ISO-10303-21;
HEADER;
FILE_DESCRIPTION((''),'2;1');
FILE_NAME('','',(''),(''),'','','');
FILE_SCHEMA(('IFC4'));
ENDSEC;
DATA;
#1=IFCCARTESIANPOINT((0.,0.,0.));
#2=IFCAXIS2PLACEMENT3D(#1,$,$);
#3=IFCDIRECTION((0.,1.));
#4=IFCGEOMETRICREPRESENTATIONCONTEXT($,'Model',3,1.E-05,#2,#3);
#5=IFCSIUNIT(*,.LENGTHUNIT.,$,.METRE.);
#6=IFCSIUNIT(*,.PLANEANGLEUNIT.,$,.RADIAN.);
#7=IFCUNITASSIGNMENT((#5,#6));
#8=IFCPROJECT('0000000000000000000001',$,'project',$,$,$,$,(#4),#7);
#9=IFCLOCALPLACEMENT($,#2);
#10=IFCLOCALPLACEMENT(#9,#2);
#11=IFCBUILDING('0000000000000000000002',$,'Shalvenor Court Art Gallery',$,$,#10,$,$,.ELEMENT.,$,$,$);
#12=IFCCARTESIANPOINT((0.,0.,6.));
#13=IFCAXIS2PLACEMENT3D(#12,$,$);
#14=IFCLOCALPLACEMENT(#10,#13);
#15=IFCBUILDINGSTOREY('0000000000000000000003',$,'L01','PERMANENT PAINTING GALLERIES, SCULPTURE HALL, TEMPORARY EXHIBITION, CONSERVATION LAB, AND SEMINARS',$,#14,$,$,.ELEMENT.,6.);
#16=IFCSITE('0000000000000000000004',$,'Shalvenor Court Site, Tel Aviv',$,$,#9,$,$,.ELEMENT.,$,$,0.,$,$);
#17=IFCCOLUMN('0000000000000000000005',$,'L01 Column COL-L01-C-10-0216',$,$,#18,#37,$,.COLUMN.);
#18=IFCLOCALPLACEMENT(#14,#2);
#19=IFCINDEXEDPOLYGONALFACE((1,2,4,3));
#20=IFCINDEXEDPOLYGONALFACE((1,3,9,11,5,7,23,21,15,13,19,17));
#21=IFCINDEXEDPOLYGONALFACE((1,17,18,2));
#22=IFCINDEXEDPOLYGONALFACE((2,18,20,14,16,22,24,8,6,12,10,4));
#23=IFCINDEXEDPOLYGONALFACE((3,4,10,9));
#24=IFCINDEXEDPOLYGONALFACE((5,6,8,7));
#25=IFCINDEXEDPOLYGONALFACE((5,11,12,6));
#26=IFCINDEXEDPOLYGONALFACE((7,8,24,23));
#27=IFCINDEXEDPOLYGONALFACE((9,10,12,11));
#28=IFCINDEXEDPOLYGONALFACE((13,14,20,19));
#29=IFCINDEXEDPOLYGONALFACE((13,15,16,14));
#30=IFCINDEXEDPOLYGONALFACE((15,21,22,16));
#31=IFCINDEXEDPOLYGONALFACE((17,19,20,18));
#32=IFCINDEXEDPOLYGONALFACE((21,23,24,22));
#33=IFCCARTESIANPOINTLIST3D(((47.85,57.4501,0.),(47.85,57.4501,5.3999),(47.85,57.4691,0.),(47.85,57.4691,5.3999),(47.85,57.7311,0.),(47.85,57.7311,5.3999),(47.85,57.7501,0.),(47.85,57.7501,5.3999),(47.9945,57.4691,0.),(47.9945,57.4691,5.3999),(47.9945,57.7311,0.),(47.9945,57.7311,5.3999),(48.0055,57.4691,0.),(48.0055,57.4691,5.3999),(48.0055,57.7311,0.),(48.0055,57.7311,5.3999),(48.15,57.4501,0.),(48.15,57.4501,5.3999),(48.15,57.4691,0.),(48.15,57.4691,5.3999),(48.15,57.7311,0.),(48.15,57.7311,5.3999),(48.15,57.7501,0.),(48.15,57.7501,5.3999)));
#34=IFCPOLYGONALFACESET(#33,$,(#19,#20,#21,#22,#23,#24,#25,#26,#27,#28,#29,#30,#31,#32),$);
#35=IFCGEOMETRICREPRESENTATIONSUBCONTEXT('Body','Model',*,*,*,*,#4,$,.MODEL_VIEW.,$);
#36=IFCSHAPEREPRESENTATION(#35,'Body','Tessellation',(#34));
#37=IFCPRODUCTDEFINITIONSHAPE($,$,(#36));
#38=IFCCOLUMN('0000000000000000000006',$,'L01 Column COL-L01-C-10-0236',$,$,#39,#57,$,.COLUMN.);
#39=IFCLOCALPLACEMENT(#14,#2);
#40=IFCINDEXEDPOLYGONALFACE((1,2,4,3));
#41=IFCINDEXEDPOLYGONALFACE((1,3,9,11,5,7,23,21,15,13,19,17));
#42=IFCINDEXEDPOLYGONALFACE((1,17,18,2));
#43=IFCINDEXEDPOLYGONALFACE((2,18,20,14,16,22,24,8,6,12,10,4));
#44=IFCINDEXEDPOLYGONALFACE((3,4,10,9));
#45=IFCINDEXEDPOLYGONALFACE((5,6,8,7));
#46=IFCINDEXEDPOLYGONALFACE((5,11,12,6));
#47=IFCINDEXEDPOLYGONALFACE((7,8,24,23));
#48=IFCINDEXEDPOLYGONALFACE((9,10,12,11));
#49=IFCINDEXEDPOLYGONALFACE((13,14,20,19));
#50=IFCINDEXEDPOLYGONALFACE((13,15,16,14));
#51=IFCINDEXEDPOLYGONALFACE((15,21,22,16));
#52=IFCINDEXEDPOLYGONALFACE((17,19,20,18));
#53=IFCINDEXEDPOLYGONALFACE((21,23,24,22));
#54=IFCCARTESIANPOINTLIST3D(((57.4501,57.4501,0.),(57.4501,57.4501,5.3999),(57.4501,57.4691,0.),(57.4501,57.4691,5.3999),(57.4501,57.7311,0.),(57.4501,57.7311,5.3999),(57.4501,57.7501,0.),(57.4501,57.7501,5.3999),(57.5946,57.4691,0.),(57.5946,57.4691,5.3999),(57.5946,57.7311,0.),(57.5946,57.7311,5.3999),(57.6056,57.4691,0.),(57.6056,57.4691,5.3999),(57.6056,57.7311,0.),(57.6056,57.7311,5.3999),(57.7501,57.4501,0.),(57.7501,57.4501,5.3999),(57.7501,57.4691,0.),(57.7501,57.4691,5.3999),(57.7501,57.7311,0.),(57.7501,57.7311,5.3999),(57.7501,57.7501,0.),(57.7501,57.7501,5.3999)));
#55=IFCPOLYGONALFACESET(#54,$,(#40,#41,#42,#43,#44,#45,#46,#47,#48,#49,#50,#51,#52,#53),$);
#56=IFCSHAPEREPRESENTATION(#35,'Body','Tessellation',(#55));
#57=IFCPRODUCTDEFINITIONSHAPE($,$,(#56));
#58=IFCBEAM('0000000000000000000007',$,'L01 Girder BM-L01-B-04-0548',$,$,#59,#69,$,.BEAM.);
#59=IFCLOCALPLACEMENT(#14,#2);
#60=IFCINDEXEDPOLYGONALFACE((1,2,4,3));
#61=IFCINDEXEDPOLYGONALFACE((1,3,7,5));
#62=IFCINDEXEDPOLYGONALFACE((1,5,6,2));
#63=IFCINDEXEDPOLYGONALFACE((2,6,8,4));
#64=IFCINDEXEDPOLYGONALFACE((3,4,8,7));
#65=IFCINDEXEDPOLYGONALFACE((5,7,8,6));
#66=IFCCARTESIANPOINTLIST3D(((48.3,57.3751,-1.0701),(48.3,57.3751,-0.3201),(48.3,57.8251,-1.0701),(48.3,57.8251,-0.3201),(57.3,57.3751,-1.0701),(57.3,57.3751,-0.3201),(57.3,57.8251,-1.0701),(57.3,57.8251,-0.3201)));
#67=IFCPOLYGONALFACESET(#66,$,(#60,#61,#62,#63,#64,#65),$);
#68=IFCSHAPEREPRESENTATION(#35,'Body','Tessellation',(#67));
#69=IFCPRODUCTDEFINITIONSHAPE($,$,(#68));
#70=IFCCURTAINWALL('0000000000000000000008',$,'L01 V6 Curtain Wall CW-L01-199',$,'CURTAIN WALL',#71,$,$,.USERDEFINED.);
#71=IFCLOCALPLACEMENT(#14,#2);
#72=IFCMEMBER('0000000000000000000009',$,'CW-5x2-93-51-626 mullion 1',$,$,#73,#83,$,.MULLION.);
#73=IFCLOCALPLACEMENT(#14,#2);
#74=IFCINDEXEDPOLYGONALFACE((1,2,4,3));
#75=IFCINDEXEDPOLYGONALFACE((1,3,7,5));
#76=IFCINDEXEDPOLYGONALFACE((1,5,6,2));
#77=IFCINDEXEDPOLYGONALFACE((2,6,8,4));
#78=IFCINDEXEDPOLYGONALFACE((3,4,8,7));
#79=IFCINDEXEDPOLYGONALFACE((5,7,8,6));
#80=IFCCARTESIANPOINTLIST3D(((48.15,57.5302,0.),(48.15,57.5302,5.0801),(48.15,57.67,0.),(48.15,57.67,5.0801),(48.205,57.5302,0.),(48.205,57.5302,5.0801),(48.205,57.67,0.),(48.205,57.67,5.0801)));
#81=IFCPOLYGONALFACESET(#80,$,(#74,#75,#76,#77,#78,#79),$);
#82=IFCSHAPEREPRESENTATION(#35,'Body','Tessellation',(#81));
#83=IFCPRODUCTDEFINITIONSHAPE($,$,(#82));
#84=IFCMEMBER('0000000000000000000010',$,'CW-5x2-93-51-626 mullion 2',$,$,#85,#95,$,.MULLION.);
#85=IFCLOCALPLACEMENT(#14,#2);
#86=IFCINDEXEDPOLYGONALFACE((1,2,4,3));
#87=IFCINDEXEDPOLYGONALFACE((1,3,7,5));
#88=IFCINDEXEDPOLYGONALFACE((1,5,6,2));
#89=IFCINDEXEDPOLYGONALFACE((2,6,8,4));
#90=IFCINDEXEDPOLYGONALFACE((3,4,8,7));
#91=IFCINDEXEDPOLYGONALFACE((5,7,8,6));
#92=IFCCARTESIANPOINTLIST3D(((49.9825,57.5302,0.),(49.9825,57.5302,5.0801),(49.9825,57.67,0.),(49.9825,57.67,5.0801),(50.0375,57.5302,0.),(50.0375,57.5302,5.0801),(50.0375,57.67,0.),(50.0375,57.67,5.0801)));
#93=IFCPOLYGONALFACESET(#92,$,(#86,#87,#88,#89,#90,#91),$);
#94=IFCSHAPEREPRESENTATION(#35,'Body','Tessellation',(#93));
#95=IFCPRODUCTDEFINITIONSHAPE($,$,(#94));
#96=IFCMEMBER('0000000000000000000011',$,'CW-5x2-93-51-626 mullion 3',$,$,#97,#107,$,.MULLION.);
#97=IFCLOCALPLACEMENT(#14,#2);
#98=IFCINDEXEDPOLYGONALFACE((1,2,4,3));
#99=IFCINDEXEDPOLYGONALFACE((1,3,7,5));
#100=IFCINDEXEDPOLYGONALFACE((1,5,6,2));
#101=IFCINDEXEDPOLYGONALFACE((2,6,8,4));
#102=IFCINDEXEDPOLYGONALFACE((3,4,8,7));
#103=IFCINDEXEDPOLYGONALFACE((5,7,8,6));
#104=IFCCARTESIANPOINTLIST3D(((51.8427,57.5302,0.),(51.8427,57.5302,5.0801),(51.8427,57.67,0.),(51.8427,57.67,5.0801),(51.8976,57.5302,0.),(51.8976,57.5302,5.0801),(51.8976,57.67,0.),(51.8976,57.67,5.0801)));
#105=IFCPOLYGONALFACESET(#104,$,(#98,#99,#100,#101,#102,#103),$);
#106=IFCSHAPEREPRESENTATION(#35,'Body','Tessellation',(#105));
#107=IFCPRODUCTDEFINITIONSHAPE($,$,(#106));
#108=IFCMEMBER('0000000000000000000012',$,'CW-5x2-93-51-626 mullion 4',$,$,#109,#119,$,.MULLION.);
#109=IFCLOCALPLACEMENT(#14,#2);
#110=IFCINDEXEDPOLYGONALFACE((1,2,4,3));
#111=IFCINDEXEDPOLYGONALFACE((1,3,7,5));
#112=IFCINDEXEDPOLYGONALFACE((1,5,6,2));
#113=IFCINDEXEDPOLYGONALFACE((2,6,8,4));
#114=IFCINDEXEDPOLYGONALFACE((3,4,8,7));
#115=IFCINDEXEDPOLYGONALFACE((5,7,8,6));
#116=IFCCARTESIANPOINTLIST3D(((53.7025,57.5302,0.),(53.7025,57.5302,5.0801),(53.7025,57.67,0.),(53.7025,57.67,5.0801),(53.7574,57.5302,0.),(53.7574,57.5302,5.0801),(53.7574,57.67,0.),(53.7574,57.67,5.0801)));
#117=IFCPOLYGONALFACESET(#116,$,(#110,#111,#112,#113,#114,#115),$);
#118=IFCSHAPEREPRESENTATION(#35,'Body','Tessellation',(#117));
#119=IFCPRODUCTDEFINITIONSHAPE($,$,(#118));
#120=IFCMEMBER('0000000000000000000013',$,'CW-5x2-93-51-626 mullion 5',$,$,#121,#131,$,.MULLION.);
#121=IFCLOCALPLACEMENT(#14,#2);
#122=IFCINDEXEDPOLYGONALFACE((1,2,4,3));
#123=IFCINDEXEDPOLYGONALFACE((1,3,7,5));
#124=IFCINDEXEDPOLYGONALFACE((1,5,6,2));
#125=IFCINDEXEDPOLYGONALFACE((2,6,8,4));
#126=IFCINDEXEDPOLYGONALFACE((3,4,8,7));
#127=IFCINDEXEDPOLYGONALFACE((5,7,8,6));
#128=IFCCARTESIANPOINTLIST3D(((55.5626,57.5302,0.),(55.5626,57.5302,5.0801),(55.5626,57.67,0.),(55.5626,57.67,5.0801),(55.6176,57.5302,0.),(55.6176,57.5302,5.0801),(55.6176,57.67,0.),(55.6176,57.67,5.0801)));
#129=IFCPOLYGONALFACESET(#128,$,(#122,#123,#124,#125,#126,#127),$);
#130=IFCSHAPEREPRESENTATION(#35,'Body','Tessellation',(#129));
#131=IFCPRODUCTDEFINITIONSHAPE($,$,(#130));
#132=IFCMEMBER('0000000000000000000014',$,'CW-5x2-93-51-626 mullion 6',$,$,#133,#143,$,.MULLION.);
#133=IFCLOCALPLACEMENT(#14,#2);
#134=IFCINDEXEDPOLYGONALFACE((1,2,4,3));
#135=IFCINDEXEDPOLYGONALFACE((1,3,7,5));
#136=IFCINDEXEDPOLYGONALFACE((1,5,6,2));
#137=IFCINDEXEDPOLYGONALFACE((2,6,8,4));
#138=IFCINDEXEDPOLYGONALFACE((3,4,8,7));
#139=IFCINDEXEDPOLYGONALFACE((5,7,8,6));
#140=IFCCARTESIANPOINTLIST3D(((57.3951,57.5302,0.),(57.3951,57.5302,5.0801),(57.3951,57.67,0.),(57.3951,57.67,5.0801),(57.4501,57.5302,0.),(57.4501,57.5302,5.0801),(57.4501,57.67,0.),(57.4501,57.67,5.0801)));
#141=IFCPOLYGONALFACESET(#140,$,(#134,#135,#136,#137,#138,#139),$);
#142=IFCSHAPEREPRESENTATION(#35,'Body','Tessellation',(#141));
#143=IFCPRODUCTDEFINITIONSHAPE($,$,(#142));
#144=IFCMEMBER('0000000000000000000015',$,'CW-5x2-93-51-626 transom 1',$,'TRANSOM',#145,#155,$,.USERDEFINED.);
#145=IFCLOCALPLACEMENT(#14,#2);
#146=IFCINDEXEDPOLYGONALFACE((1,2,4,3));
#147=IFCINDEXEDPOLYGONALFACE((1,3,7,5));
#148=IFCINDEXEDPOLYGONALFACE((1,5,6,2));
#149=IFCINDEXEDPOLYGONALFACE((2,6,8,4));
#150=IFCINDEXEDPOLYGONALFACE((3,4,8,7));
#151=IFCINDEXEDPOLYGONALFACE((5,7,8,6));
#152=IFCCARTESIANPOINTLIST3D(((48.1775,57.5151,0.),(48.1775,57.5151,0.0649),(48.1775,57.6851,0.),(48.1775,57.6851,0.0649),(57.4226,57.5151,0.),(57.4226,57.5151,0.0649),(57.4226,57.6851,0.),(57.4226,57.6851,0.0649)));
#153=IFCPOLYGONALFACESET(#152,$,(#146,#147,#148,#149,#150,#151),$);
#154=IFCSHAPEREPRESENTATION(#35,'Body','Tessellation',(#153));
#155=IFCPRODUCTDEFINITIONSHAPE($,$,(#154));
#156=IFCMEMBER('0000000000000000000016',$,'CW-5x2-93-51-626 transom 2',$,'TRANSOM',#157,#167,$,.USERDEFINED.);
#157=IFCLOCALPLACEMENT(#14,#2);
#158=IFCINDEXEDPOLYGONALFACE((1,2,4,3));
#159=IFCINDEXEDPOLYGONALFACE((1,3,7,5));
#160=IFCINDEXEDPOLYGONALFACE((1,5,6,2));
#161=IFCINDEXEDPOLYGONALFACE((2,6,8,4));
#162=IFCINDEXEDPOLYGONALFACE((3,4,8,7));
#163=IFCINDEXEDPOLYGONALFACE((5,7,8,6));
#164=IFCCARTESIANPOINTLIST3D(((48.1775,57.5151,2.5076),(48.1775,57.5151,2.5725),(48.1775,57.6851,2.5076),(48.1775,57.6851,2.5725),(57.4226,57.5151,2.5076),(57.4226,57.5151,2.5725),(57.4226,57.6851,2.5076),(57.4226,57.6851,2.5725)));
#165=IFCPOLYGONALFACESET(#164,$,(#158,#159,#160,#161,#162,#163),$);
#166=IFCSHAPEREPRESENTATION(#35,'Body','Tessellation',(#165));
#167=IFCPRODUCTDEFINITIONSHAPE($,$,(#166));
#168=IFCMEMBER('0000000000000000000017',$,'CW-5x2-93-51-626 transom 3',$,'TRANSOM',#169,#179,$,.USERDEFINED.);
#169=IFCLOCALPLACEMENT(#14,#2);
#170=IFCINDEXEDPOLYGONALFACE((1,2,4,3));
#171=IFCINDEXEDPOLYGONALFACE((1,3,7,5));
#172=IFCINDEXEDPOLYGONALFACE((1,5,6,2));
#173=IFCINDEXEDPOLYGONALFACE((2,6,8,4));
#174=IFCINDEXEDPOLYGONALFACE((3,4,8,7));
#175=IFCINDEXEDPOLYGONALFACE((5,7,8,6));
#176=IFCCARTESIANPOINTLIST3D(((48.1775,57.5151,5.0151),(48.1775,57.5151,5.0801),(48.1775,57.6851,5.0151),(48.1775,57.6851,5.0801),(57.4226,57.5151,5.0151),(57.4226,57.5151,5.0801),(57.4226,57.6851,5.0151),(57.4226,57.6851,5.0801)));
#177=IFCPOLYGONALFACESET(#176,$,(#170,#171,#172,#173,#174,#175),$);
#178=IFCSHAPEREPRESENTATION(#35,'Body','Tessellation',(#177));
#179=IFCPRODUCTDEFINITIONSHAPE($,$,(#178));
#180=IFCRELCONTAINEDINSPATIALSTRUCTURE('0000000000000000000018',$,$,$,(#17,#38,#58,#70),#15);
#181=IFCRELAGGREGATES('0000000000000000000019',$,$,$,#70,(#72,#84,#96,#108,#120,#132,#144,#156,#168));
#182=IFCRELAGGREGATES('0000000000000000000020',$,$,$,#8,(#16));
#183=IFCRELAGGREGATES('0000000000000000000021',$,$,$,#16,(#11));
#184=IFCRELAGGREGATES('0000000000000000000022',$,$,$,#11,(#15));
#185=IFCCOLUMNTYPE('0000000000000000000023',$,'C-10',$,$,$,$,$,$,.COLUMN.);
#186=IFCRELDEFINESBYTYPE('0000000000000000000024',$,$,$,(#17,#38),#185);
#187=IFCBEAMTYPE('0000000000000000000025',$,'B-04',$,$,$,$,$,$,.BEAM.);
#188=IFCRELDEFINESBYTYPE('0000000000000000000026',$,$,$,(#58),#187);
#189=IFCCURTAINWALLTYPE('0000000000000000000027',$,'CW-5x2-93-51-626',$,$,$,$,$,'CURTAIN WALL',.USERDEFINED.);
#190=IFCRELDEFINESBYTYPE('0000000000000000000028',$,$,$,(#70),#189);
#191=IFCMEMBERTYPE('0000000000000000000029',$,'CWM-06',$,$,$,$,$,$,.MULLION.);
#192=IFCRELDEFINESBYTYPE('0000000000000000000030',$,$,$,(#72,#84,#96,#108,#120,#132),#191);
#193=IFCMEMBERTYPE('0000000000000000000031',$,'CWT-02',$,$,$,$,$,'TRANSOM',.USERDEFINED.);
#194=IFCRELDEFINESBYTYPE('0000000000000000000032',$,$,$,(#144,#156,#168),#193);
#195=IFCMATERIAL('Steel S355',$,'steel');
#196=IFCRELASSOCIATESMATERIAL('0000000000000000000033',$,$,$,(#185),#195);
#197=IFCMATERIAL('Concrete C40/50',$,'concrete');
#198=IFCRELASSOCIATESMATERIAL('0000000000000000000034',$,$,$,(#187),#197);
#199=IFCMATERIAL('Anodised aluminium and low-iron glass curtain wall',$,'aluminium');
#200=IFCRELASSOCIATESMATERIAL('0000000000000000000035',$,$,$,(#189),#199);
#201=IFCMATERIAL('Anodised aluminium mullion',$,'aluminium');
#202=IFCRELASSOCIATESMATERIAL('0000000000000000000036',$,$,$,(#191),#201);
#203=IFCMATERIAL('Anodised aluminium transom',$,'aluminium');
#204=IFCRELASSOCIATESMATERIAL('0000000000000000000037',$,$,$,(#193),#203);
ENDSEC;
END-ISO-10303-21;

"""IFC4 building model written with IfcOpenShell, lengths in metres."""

from ifc_helpers import new_model, si_unit, direction, frame, origin, origin_2d, place, context, subcontext, project, spatial, rectangle, i_section, extrude, material, material_profile, profile_set, type_object, element, aggregate, save


model = new_model("IFC4")

# Units and contexts
model_context = context("Model", 3, precision=1e-05, world=origin(), true_north=direction((0.0, 1.0)))
body_context = subcontext(model_context, "Body", "Model", "MODEL_VIEW")
ifc_project = project(units=[si_unit("LENGTHUNIT", "METRE"), si_unit("PLANEANGLEUNIT", "RADIAN")], contexts=[model_context])

# Site, building, storey
site_placement = place(None, origin())
site = spatial("IfcSite", under=ifc_project, at=site_placement, Name="Shalvenor Court Site, Tel Aviv", CompositionType="ELEMENT", RefElevation=0.0)
building_placement = place(site_placement, origin())
building = spatial("IfcBuilding", under=site, at=building_placement, Name="Shalvenor Court Art Gallery", CompositionType="ELEMENT")
storey_placement = place(building_placement, frame((0.0, 0.0, 6.0)))
storey = spatial("IfcBuildingStorey", under=building, at=storey_placement, Name="L01", Description="PERMANENT PAINTING GALLERIES, SCULPTURE HALL, TEMPORARY EXHIBITION, CONSERVATION LAB, AND SEMINARS", CompositionType="ELEMENT", Elevation=6.0)

# Columns
ifc_material_1 = material(Name="Steel S355", Category="steel")
ifc_material_profile_1 = material_profile(ifc_material_1, i_section(OverallWidth=0.3, OverallDepth=0.3, WebThickness=0.011, FlangeThickness=0.019, at=origin_2d()), Name="HEB 300")
ifc_profile_set_1 = profile_set([ifc_material_profile_1], Name="Steel S355")
column_type = type_object("IfcColumnType", Name="C-10", PredefinedType="COLUMN", material=ifc_profile_set_1)
for number, where, z_axis, x_axis, name in (
    (1, (48.0, 57.6001, 0.0), (0.0, 0.0, 1.0), (1.0, 0.0, 0.0), "L01 Column COL-L01-C-10-0216"),
    (2, (57.6001, 57.6001, 0.0), (0.0, 0.0, 1.0), (1.0, 0.0, 0.0), "L01 Column COL-L01-C-10-0236"),
):
    element("IfcColumn", number, at=place(storey_placement, frame(where, z_axis=z_axis, x_axis=x_axis)), inside=storey, type_object=column_type, Name=name, PredefinedType="COLUMN", context=body_context, shape_type="SweptSolid", body=[
        extrude(i_section(OverallWidth=0.3, OverallDepth=0.3, WebThickness=0.011, FlangeThickness=0.019, at=origin_2d()), origin(), (0.0, 0.0, 1.0), 5.3999),
    ])

# Beam
ifc_material_2 = material(Name="Concrete C40/50", Category="concrete")
ifc_material_profile_2 = material_profile(ifc_material_2, rectangle(XDim=0.45, YDim=0.75, at=origin_2d()), Name="RC 450x750")
ifc_profile_set_2 = profile_set([ifc_material_profile_2], Name="Concrete C40/50")
beam_type = type_object("IfcBeamType", Name="B-04", PredefinedType="BEAM", material=ifc_profile_set_2)
beam_placement = place(storey_placement, frame((48.3, 57.6001, -0.6951), z_axis=(1.0, 0.0, 0.0), x_axis=(0.0, 1.0, 0.0)))
element("IfcBeam", 3, at=beam_placement, inside=storey, type_object=beam_type, Name="L01 Girder BM-L01-B-04-0548", PredefinedType="BEAM", context=body_context, shape_type="SweptSolid", body=[
    extrude(rectangle(XDim=0.45, YDim=0.75, at=origin_2d()), origin(), (0.0, 0.0, 1.0), 9.0),
])

# Curtain wall, members
ifc_material_3 = material(Name="Anodised aluminium and low-iron glass curtain wall", Category="aluminium")
curtain_wall_type = type_object("IfcCurtainWallType", Name="CW-5x2-93-51-626", ElementType="CURTAIN WALL", PredefinedType="USERDEFINED", material=ifc_material_3)
curtain_wall_placement = place(storey_placement, origin())
curtain_wall = element("IfcCurtainWall", 4, at=curtain_wall_placement, inside=storey, type_object=curtain_wall_type, Name="L01 V6 Curtain Wall CW-L01-199", ObjectType="CURTAIN WALL", PredefinedType="USERDEFINED")
ifc_material_4 = material(Name="Anodised aluminium mullion", Category="aluminium")
ifc_material_profile_3 = material_profile(ifc_material_4, rectangle(XDim=0.0549, YDim=0.1399, at=origin_2d()), Name="CWM-06")
ifc_profile_set_3 = profile_set([ifc_material_profile_3], Name="Anodised aluminium mullion")
member_type_1 = type_object("IfcMemberType", Name="CWM-06", PredefinedType="MULLION", material=ifc_profile_set_3)
member_1_placement = place(storey_placement, frame((48.1775, 57.6001, 0.0), z_axis=(0.0, 0.0, 1.0), x_axis=(1.0, 0.0, 0.0)))
member_1 = element("IfcMember", 5, at=member_1_placement, type_object=member_type_1, Name="CW-5x2-93-51-626 mullion 1", PredefinedType="MULLION", context=body_context, shape_type="SweptSolid", body=[
    extrude(rectangle(XDim=0.0549, YDim=0.1399, at=origin_2d()), origin(), (0.0, 0.0, 1.0), 5.0801),
])
member_2_placement = place(storey_placement, frame((50.01, 57.6001, 0.0), z_axis=(0.0, 0.0, 1.0), x_axis=(1.0, 0.0, 0.0)))
member_2 = element("IfcMember", 6, at=member_2_placement, type_object=member_type_1, Name="CW-5x2-93-51-626 mullion 2", PredefinedType="MULLION", context=body_context, shape_type="SweptSolid", body=[
    extrude(rectangle(XDim=0.0549, YDim=0.1399, at=origin_2d()), origin(), (0.0, 0.0, 1.0), 5.0801),
])
member_3_placement = place(storey_placement, frame((51.8701, 57.6001, 0.0), z_axis=(0.0, 0.0, 1.0), x_axis=(1.0, 0.0, 0.0)))
member_3 = element("IfcMember", 7, at=member_3_placement, type_object=member_type_1, Name="CW-5x2-93-51-626 mullion 3", PredefinedType="MULLION", context=body_context, shape_type="SweptSolid", body=[
    extrude(rectangle(XDim=0.0549, YDim=0.1399, at=origin_2d()), origin(), (0.0, 0.0, 1.0), 5.0801),
])
member_4_placement = place(storey_placement, frame((53.73, 57.6001, 0.0), z_axis=(0.0, 0.0, 1.0), x_axis=(1.0, 0.0, 0.0)))
member_4 = element("IfcMember", 8, at=member_4_placement, type_object=member_type_1, Name="CW-5x2-93-51-626 mullion 4", PredefinedType="MULLION", context=body_context, shape_type="SweptSolid", body=[
    extrude(rectangle(XDim=0.0549, YDim=0.1399, at=origin_2d()), origin(), (0.0, 0.0, 1.0), 5.0801),
])
member_5_placement = place(storey_placement, frame((55.5901, 57.6001, 0.0), z_axis=(0.0, 0.0, 1.0), x_axis=(1.0, 0.0, 0.0)))
member_5 = element("IfcMember", 9, at=member_5_placement, type_object=member_type_1, Name="CW-5x2-93-51-626 mullion 5", PredefinedType="MULLION", context=body_context, shape_type="SweptSolid", body=[
    extrude(rectangle(XDim=0.0549, YDim=0.1399, at=origin_2d()), origin(), (0.0, 0.0, 1.0), 5.0801),
])
member_6_placement = place(storey_placement, frame((57.4226, 57.6001, 0.0), z_axis=(0.0, 0.0, 1.0), x_axis=(1.0, 0.0, 0.0)))
member_6 = element("IfcMember", 10, at=member_6_placement, type_object=member_type_1, Name="CW-5x2-93-51-626 mullion 6", PredefinedType="MULLION", context=body_context, shape_type="SweptSolid", body=[
    extrude(rectangle(XDim=0.0549, YDim=0.1399, at=origin_2d()), origin(), (0.0, 0.0, 1.0), 5.0801),
])
ifc_material_5 = material(Name="Anodised aluminium transom", Category="aluminium")
ifc_material_profile_4 = material_profile(ifc_material_5, rectangle(XDim=0.1699, YDim=0.0649, at=origin_2d()), Name="CWT-02")
ifc_profile_set_4 = profile_set([ifc_material_profile_4], Name="Anodised aluminium transom")
member_type_2 = type_object("IfcMemberType", Name="CWT-02", ElementType="TRANSOM", PredefinedType="USERDEFINED", material=ifc_profile_set_4)
member_7_placement = place(storey_placement, frame((48.1775, 57.6001, 0.0325), z_axis=(1.0, 0.0, 0.0), x_axis=(0.0, 1.0, 0.0)))
member_7 = element("IfcMember", 11, at=member_7_placement, type_object=member_type_2, Name="CW-5x2-93-51-626 transom 1", ObjectType="TRANSOM", PredefinedType="USERDEFINED", context=body_context, shape_type="SweptSolid", body=[
    extrude(rectangle(XDim=0.1699, YDim=0.0649, at=origin_2d()), origin(), (0.0, 0.0, 1.0), 9.2451),
])
member_8_placement = place(storey_placement, frame((48.1775, 57.6001, 2.54), z_axis=(1.0, 0.0, 0.0), x_axis=(0.0, 1.0, 0.0)))
member_8 = element("IfcMember", 12, at=member_8_placement, type_object=member_type_2, Name="CW-5x2-93-51-626 transom 2", ObjectType="TRANSOM", PredefinedType="USERDEFINED", context=body_context, shape_type="SweptSolid", body=[
    extrude(rectangle(XDim=0.1699, YDim=0.0649, at=origin_2d()), origin(), (0.0, 0.0, 1.0), 9.2451),
])
member_9_placement = place(storey_placement, frame((48.1775, 57.6001, 5.0476), z_axis=(1.0, 0.0, 0.0), x_axis=(0.0, 1.0, 0.0)))
member_9 = element("IfcMember", 13, at=member_9_placement, type_object=member_type_2, Name="CW-5x2-93-51-626 transom 3", ObjectType="TRANSOM", PredefinedType="USERDEFINED", context=body_context, shape_type="SweptSolid", body=[
    extrude(rectangle(XDim=0.1699, YDim=0.0649, at=origin_2d()), origin(), (0.0, 0.0, 1.0), 9.2451),
])

aggregate(curtain_wall, [member_1, member_2, member_3, member_4, member_5, member_6, member_7, member_8, member_9])

save(model, "model.ifc")
